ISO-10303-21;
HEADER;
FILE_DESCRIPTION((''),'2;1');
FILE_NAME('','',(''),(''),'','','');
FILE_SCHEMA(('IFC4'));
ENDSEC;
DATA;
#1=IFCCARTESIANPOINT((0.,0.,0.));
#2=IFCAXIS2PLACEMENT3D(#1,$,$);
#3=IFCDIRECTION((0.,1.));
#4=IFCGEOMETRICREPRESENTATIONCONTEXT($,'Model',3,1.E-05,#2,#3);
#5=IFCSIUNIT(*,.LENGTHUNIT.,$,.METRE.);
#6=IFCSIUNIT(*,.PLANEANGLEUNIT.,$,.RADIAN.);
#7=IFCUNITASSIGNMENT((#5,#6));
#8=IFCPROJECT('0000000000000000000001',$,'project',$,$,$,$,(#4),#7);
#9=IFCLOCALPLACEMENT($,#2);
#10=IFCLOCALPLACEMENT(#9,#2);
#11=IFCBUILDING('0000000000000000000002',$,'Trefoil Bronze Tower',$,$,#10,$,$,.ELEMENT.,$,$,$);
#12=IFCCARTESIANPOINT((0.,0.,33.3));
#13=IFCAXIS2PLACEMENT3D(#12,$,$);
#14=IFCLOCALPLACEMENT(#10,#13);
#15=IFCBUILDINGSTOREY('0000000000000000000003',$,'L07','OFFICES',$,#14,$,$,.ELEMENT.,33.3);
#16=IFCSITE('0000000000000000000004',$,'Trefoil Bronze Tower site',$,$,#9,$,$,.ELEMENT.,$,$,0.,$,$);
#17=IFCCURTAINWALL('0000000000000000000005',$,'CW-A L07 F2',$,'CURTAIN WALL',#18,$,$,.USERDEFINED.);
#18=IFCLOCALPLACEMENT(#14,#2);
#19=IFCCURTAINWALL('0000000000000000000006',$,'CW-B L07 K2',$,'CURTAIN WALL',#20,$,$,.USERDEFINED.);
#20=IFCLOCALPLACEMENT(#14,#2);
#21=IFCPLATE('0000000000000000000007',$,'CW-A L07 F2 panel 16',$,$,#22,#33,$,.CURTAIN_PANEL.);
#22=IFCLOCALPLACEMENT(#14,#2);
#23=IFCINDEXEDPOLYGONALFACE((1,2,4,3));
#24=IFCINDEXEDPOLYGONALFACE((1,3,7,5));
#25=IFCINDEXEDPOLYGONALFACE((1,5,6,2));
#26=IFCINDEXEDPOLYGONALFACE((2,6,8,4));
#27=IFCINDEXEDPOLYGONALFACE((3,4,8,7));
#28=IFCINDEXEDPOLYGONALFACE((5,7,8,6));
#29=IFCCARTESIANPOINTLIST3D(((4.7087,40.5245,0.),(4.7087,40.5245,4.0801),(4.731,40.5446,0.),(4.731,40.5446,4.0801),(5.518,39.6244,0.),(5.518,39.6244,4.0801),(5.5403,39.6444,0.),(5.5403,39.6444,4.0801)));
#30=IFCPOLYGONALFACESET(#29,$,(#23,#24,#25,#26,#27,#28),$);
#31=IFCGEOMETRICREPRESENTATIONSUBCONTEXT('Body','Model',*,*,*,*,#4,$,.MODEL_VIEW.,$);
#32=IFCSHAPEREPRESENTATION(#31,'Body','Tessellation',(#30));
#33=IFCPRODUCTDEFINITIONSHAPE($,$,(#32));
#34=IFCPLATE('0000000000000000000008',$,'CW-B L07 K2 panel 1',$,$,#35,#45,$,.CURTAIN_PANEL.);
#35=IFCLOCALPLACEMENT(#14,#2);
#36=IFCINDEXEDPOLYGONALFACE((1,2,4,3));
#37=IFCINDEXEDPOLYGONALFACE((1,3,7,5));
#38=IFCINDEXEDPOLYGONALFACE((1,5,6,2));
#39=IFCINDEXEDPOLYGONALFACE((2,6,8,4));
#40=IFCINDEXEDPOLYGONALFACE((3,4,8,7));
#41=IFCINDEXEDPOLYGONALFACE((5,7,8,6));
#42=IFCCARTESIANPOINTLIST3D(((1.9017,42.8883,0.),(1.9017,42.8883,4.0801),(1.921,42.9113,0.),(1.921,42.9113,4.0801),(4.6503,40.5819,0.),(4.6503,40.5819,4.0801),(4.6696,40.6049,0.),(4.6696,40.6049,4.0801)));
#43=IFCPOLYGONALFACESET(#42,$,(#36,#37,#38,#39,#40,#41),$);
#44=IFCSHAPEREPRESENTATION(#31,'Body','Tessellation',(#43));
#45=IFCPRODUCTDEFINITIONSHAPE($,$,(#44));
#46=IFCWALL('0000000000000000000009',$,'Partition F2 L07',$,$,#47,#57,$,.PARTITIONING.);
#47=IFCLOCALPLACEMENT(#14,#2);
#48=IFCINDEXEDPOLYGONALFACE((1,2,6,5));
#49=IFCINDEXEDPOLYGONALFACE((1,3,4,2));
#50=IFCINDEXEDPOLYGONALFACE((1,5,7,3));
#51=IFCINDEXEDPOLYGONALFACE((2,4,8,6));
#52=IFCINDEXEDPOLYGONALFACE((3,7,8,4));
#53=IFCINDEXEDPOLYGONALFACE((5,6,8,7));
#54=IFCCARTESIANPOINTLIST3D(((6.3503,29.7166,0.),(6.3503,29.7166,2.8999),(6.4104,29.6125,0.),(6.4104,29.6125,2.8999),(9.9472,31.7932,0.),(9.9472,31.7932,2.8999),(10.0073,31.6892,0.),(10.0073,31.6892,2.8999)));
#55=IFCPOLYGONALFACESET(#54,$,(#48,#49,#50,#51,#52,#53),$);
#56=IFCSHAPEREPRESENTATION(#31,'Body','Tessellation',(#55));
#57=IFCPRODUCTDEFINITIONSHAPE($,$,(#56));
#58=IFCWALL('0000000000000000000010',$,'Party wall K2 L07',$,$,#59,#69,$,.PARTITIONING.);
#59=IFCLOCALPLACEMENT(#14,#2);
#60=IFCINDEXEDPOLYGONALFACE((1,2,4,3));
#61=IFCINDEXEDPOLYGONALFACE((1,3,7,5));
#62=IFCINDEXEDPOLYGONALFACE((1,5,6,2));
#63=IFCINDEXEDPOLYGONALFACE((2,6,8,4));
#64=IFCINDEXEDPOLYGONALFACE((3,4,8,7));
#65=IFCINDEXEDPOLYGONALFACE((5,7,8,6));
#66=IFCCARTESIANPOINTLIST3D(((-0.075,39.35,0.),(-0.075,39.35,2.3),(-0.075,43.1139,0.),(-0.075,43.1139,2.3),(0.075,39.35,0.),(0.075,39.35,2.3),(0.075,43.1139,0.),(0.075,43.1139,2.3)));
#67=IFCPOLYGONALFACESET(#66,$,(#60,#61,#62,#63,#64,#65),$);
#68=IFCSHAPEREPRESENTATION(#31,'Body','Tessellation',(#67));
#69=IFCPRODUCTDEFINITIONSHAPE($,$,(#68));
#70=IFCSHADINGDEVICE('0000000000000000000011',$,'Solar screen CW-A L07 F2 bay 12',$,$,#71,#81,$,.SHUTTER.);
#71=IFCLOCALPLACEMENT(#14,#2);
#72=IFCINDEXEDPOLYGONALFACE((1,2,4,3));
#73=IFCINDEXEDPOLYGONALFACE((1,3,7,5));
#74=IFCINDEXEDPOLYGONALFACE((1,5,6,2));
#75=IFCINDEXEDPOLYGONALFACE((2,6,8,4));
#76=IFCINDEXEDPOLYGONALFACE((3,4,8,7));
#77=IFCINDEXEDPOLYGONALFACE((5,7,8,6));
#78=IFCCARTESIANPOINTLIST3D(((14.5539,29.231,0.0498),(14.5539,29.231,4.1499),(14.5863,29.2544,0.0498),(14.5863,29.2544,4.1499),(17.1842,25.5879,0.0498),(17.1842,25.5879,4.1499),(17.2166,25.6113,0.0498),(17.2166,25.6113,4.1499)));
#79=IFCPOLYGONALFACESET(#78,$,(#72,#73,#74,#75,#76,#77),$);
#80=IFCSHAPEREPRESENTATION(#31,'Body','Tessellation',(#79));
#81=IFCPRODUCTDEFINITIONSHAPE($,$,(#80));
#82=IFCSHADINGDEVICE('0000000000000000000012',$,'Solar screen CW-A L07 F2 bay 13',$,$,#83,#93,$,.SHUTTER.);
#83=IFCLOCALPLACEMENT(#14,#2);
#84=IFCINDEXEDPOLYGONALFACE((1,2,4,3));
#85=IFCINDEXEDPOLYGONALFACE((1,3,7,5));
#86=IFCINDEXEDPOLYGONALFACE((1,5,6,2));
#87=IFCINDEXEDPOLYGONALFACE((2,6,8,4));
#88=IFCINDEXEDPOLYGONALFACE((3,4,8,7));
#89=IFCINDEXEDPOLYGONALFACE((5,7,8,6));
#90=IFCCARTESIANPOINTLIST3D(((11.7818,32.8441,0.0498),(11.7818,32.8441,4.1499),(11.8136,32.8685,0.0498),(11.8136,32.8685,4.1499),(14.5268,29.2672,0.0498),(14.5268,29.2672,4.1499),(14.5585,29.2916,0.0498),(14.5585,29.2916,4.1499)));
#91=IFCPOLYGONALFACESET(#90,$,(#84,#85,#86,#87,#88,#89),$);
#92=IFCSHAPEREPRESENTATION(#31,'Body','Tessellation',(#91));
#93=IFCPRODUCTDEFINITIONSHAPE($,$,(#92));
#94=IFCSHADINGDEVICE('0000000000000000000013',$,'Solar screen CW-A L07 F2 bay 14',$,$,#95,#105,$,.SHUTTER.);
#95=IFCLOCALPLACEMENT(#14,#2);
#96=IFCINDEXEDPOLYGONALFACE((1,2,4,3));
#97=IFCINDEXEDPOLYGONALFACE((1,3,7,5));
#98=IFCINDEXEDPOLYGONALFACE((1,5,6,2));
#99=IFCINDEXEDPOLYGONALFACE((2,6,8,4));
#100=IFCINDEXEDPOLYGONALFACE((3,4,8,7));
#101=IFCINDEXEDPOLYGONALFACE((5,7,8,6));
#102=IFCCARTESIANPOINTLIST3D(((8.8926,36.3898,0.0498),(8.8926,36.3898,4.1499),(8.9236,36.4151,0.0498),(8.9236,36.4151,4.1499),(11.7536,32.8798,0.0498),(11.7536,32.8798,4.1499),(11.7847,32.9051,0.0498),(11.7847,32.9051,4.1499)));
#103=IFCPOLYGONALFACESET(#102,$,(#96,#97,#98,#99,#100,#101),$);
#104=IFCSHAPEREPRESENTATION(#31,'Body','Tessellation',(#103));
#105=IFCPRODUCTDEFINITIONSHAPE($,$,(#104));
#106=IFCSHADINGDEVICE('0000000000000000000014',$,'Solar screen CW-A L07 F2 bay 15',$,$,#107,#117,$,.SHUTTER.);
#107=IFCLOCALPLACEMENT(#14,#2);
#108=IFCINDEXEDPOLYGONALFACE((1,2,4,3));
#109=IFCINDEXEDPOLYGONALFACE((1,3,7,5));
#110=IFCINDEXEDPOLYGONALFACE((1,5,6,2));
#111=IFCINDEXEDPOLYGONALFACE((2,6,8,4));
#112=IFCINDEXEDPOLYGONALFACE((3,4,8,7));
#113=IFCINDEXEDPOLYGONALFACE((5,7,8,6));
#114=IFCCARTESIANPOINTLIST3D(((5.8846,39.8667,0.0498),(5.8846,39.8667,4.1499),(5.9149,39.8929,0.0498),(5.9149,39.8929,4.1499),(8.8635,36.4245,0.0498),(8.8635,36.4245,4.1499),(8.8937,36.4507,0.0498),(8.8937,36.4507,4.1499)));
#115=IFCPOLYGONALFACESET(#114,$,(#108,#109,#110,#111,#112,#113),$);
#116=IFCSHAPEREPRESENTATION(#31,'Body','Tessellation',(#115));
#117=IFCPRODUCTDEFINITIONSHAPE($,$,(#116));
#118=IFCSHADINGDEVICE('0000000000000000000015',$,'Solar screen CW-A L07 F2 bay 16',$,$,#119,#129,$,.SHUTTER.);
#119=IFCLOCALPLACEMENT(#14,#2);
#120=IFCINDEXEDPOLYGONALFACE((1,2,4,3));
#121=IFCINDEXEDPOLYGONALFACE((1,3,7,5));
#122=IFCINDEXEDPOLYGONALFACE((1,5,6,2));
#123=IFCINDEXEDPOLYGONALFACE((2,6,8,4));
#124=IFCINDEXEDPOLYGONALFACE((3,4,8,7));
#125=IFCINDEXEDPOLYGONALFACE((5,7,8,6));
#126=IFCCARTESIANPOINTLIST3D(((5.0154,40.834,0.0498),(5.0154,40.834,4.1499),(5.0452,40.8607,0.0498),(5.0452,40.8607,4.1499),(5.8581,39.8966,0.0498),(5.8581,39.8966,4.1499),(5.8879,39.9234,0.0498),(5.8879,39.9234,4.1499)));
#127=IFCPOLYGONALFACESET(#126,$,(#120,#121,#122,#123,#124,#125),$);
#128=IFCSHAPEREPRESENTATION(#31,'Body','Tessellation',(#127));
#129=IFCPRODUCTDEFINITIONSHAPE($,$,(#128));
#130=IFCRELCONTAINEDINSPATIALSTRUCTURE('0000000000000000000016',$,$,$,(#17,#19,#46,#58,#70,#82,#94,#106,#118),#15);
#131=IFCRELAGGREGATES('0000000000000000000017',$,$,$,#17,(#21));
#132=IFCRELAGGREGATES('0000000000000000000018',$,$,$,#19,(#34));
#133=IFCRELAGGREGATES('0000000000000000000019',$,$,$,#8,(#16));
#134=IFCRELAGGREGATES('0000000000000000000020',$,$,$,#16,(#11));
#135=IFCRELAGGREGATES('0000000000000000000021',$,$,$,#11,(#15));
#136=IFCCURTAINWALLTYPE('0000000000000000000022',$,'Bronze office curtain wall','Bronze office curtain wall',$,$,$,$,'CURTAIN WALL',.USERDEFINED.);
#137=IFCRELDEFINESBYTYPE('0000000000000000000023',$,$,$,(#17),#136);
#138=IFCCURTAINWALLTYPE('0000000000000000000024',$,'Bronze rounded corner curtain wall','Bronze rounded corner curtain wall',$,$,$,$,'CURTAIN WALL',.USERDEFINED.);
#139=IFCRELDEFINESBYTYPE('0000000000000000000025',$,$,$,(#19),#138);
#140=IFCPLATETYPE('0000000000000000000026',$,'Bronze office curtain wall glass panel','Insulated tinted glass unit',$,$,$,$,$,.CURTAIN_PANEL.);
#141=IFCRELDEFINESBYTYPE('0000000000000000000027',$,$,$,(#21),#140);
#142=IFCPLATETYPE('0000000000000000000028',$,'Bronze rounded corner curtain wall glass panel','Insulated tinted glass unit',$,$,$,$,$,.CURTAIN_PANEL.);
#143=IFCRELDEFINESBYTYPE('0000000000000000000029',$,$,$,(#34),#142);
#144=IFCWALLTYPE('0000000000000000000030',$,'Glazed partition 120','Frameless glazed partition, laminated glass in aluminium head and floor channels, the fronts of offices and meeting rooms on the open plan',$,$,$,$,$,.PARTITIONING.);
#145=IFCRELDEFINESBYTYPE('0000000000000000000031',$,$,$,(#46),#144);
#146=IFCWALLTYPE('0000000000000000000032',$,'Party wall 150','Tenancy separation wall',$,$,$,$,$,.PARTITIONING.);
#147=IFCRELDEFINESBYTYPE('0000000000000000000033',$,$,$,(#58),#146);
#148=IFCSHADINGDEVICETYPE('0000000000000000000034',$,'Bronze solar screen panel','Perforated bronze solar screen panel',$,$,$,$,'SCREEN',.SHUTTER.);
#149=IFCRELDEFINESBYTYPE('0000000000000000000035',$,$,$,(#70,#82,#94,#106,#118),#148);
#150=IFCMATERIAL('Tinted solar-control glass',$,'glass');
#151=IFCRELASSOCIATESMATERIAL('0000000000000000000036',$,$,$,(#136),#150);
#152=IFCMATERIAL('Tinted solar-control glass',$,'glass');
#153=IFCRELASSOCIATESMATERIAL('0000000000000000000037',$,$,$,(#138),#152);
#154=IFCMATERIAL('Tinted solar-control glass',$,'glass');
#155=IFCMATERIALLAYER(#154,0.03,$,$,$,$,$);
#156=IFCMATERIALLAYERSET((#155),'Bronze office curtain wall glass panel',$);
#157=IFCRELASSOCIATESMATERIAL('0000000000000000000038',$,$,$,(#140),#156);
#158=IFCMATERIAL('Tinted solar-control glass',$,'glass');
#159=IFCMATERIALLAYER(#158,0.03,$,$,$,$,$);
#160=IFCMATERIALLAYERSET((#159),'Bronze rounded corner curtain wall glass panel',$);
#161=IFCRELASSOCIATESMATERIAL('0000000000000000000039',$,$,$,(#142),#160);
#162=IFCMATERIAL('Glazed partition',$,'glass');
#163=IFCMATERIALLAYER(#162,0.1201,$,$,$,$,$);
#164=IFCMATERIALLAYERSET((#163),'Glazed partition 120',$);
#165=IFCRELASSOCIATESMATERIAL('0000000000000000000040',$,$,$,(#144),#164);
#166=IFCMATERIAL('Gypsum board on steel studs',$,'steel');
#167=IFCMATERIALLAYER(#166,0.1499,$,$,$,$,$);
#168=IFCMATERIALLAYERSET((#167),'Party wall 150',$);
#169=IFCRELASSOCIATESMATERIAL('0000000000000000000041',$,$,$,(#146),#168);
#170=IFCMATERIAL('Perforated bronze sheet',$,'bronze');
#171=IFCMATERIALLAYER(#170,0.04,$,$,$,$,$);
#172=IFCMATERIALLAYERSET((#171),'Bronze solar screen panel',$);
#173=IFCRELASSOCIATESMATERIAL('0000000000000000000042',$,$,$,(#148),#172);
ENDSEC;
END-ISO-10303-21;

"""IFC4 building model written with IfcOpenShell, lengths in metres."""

from ifc_helpers import new_model, si_unit, direction, frame, frame_2d, origin, origin_2d, place, context, subcontext, project, spatial, rectangle, extrude, material, layer, layer_set, type_object, element, aggregate, save


model = new_model("IFC4")

# Units and contexts
model_context = context("Model", 3, precision=1e-05, world=origin(), true_north=direction((0.0, 1.0)))
body_context = subcontext(model_context, "Body", "Model", "MODEL_VIEW")
ifc_project = project(units=[si_unit("LENGTHUNIT", "METRE"), si_unit("PLANEANGLEUNIT", "RADIAN")], contexts=[model_context])

# Site, building, storey
site_placement = place(None, origin())
site = spatial("IfcSite", under=ifc_project, at=site_placement, Name="Trefoil Bronze Tower site", CompositionType="ELEMENT", RefElevation=0.0)
building_placement = place(site_placement, origin())
building = spatial("IfcBuilding", under=site, at=building_placement, Name="Trefoil Bronze Tower", CompositionType="ELEMENT")
storey_placement = place(building_placement, frame((0.0, 0.0, 33.3)))
storey = spatial("IfcBuildingStorey", under=building, at=storey_placement, Name="L07", Description="OFFICES", CompositionType="ELEMENT", Elevation=33.3)

# Curtain walls
ifc_material_1 = material(Name="Tinted solar-control glass", Category="glass")
curtain_wall_type_1 = type_object("IfcCurtainWallType", Name="Bronze office curtain wall", Description="Bronze office curtain wall", ElementType="CURTAIN WALL", PredefinedType="USERDEFINED", material=ifc_material_1)
curtain_wall_1_placement = place(storey_placement, origin())
curtain_wall_1 = element("IfcCurtainWall", 1, at=curtain_wall_1_placement, inside=storey, type_object=curtain_wall_type_1, Name="CW-A L07 F2", ObjectType="CURTAIN WALL", PredefinedType="USERDEFINED")
ifc_material_2 = material(Name="Tinted solar-control glass", Category="glass")
curtain_wall_type_2 = type_object("IfcCurtainWallType", Name="Bronze rounded corner curtain wall", Description="Bronze rounded corner curtain wall", ElementType="CURTAIN WALL", PredefinedType="USERDEFINED", material=ifc_material_2)
curtain_wall_2_placement = place(storey_placement, origin())
curtain_wall_2 = element("IfcCurtainWall", 2, at=curtain_wall_2_placement, inside=storey, type_object=curtain_wall_type_2, Name="CW-B L07 K2", ObjectType="CURTAIN WALL", PredefinedType="USERDEFINED")

# Plates
ifc_material_3 = material(Name="Tinted solar-control glass", Category="glass")
ifc_layer_1 = layer(ifc_material_3, 0.03)
ifc_layer_set_1 = layer_set([ifc_layer_1], Name="Bronze office curtain wall glass panel")
plate_type_1 = type_object("IfcPlateType", Name="Bronze office curtain wall glass panel", Description="Insulated tinted glass unit", PredefinedType="CURTAIN_PANEL", material=ifc_layer_set_1)
plate_1_placement = place(storey_placement, frame((5.1245, 40.0845, 0.0), z_axis=(0.0, 0.0, 1.0), x_axis=(-0.668575, 0.743645, 0.0)))
plate_1 = element("IfcPlate", 3, at=plate_1_placement, type_object=plate_type_1, Name="CW-A L07 F2 panel 16", PredefinedType="CURTAIN_PANEL", context=body_context, shape_type="SweptSolid", body=[
    extrude(rectangle(XDim=1.2104, YDim=0.03, at=origin_2d()), origin(), (0.0, 0.0, 1.0), 4.0801),
])
aggregate(curtain_wall_1, [plate_1])
ifc_material_4 = material(Name="Tinted solar-control glass", Category="glass")
ifc_layer_2 = layer(ifc_material_4, 0.03)
ifc_layer_set_2 = layer_set([ifc_layer_2], Name="Bronze rounded corner curtain wall glass panel")
plate_type_2 = type_object("IfcPlateType", Name="Bronze rounded corner curtain wall glass panel", Description="Insulated tinted glass unit", PredefinedType="CURTAIN_PANEL", material=ifc_layer_set_2)
plate_2_placement = place(storey_placement, frame((3.2856, 41.7466, 0.0), z_axis=(0.0, 0.0, 1.0), x_axis=(-0.766044, 0.642788, 0.0)))
plate_2 = element("IfcPlate", 4, at=plate_2_placement, type_object=plate_type_2, Name="CW-B L07 K2 panel 1", PredefinedType="CURTAIN_PANEL", context=body_context, shape_type="SweptSolid", body=[
    extrude(rectangle(XDim=3.5881, YDim=0.03, at=origin_2d()), origin(), (0.0, 0.0, 1.0), 4.0801),
])
aggregate(curtain_wall_2, [plate_2])

# Walls
ifc_material_5 = material(Name="Glazed partition", Category="glass")
ifc_layer_3 = layer(ifc_material_5, 0.1201)
ifc_layer_set_3 = layer_set([ifc_layer_3], Name="Glazed partition 120")
wall_type_1 = type_object("IfcWallType", Name="Glazed partition 120", Description="Frameless glazed partition, laminated glass in aluminium head and floor channels, the fronts of offices and meeting rooms on the open plan", PredefinedType="PARTITIONING", material=ifc_layer_set_3)
wall_1_placement = place(storey_placement, frame((6.3804, 29.6646, 0.0), z_axis=(0.0, 0.0, 1.0), x_axis=(0.866028, 0.499996, 0.0)))
element("IfcWall", 5, at=wall_1_placement, inside=storey, type_object=wall_type_1, Name="Partition F2 L07", PredefinedType="PARTITIONING", context=body_context, shape_type="SweptSolid", body=[
    extrude(rectangle(XDim=4.1533, YDim=0.1201, at=frame_2d((2.0767, 0.0))), origin(), (0.0, 0.0, 1.0), 2.8999),
])
ifc_material_6 = material(Name="Gypsum board on steel studs", Category="steel")
ifc_layer_4 = layer(ifc_material_6, 0.1499)
ifc_layer_set_4 = layer_set([ifc_layer_4], Name="Party wall 150")
wall_type_2 = type_object("IfcWallType", Name="Party wall 150", Description="Tenancy separation wall", PredefinedType="PARTITIONING", material=ifc_layer_set_4)
wall_2_placement = place(storey_placement, frame((0.0, 39.3501, 0.0), z_axis=(0.0, 0.0, 1.0), x_axis=(0.0, 1.0, 0.0)))
element("IfcWall", 6, at=wall_2_placement, inside=storey, type_object=wall_type_2, Name="Party wall K2 L07", PredefinedType="PARTITIONING", context=body_context, shape_type="SweptSolid", body=[
    extrude(rectangle(XDim=3.7639, YDim=0.1499, at=frame_2d((1.8818, 0.0))), origin(), (0.0, 0.0, 1.0), 2.3),
])

# Shading devices
ifc_material_7 = material(Name="Perforated bronze sheet", Category="bronze")
ifc_layer_5 = layer(ifc_material_7, 0.04)
ifc_layer_set_5 = layer_set([ifc_layer_5], Name="Bronze solar screen panel")
shading_device_type = type_object("IfcShadingDeviceType", Name="Bronze solar screen panel", Description="Perforated bronze solar screen panel", ElementType="SCREEN", PredefinedType="SHUTTER", material=ifc_layer_set_5)
shading_device_1_placement = place(storey_placement, frame((15.8853, 27.4211, 0.0498), z_axis=(0.0, 0.0, 1.0), x_axis=(-0.585373, 0.810764, 0.0)))
element("IfcShadingDevice", 7, at=shading_device_1_placement, inside=storey, type_object=shading_device_type, Name="Solar screen CW-A L07 F2 bay 12", PredefinedType="SHUTTER", context=body_context, shape_type="SweptSolid", body=[
    extrude(rectangle(XDim=4.4934, YDim=0.04, at=origin_2d()), origin(), (0.0, 0.0, 1.0), 4.1001),
])
shading_device_2_placement = place(storey_placement, frame((13.1702, 31.0679, 0.0498), z_axis=(0.0, 0.0, 1.0), x_axis=(-0.608808, 0.793318, 0.0)))
element("IfcShadingDevice", 8, at=shading_device_2_placement, inside=storey, type_object=shading_device_type, Name="Solar screen CW-A L07 F2 bay 13", PredefinedType="SHUTTER", context=body_context, shape_type="SweptSolid", body=[
    extrude(rectangle(XDim=4.5088, YDim=0.04, at=origin_2d()), origin(), (0.0, 0.0, 1.0), 4.1001),
])
shading_device_3_placement = place(storey_placement, frame((10.3386, 34.6475, 0.0498), z_axis=(0.0, 0.0, 1.0), x_axis=(-0.631811, 0.775123, 0.0)))
element("IfcShadingDevice", 9, at=shading_device_3_placement, inside=storey, type_object=shading_device_type, Name="Solar screen CW-A L07 F2 bay 14", PredefinedType="SHUTTER", context=body_context, shape_type="SweptSolid", body=[
    extrude(rectangle(XDim=4.5283, YDim=0.04, at=origin_2d()), origin(), (0.0, 0.0, 1.0), 4.1001),
])
shading_device_4_placement = place(storey_placement, frame((7.3892, 38.1587, 0.0498), z_axis=(0.0, 0.0, 1.0), x_axis=(-0.654376, 0.756169, 0.0)))
element("IfcShadingDevice", 10, at=shading_device_4_placement, inside=storey, type_object=shading_device_type, Name="Solar screen CW-A L07 F2 bay 15", PredefinedType="SHUTTER", context=body_context, shape_type="SweptSolid", body=[
    extrude(rectangle(XDim=4.5522, YDim=0.04, at=origin_2d()), origin(), (0.0, 0.0, 1.0), 4.1001),
])
shading_device_5_placement = place(storey_placement, frame((5.4517, 40.3787, 0.0498), z_axis=(0.0, 0.0, 1.0), x_axis=(-0.668575, 0.743645, 0.0)))
element("IfcShadingDevice", 11, at=shading_device_5_placement, inside=storey, type_object=shading_device_type, Name="Solar screen CW-A L07 F2 bay 16", PredefinedType="SHUTTER", context=body_context, shape_type="SweptSolid", body=[
    extrude(rectangle(XDim=1.2605, YDim=0.04, at=origin_2d()), origin(), (0.0, 0.0, 1.0), 4.1001),
])

save(model, "model.ifc")
